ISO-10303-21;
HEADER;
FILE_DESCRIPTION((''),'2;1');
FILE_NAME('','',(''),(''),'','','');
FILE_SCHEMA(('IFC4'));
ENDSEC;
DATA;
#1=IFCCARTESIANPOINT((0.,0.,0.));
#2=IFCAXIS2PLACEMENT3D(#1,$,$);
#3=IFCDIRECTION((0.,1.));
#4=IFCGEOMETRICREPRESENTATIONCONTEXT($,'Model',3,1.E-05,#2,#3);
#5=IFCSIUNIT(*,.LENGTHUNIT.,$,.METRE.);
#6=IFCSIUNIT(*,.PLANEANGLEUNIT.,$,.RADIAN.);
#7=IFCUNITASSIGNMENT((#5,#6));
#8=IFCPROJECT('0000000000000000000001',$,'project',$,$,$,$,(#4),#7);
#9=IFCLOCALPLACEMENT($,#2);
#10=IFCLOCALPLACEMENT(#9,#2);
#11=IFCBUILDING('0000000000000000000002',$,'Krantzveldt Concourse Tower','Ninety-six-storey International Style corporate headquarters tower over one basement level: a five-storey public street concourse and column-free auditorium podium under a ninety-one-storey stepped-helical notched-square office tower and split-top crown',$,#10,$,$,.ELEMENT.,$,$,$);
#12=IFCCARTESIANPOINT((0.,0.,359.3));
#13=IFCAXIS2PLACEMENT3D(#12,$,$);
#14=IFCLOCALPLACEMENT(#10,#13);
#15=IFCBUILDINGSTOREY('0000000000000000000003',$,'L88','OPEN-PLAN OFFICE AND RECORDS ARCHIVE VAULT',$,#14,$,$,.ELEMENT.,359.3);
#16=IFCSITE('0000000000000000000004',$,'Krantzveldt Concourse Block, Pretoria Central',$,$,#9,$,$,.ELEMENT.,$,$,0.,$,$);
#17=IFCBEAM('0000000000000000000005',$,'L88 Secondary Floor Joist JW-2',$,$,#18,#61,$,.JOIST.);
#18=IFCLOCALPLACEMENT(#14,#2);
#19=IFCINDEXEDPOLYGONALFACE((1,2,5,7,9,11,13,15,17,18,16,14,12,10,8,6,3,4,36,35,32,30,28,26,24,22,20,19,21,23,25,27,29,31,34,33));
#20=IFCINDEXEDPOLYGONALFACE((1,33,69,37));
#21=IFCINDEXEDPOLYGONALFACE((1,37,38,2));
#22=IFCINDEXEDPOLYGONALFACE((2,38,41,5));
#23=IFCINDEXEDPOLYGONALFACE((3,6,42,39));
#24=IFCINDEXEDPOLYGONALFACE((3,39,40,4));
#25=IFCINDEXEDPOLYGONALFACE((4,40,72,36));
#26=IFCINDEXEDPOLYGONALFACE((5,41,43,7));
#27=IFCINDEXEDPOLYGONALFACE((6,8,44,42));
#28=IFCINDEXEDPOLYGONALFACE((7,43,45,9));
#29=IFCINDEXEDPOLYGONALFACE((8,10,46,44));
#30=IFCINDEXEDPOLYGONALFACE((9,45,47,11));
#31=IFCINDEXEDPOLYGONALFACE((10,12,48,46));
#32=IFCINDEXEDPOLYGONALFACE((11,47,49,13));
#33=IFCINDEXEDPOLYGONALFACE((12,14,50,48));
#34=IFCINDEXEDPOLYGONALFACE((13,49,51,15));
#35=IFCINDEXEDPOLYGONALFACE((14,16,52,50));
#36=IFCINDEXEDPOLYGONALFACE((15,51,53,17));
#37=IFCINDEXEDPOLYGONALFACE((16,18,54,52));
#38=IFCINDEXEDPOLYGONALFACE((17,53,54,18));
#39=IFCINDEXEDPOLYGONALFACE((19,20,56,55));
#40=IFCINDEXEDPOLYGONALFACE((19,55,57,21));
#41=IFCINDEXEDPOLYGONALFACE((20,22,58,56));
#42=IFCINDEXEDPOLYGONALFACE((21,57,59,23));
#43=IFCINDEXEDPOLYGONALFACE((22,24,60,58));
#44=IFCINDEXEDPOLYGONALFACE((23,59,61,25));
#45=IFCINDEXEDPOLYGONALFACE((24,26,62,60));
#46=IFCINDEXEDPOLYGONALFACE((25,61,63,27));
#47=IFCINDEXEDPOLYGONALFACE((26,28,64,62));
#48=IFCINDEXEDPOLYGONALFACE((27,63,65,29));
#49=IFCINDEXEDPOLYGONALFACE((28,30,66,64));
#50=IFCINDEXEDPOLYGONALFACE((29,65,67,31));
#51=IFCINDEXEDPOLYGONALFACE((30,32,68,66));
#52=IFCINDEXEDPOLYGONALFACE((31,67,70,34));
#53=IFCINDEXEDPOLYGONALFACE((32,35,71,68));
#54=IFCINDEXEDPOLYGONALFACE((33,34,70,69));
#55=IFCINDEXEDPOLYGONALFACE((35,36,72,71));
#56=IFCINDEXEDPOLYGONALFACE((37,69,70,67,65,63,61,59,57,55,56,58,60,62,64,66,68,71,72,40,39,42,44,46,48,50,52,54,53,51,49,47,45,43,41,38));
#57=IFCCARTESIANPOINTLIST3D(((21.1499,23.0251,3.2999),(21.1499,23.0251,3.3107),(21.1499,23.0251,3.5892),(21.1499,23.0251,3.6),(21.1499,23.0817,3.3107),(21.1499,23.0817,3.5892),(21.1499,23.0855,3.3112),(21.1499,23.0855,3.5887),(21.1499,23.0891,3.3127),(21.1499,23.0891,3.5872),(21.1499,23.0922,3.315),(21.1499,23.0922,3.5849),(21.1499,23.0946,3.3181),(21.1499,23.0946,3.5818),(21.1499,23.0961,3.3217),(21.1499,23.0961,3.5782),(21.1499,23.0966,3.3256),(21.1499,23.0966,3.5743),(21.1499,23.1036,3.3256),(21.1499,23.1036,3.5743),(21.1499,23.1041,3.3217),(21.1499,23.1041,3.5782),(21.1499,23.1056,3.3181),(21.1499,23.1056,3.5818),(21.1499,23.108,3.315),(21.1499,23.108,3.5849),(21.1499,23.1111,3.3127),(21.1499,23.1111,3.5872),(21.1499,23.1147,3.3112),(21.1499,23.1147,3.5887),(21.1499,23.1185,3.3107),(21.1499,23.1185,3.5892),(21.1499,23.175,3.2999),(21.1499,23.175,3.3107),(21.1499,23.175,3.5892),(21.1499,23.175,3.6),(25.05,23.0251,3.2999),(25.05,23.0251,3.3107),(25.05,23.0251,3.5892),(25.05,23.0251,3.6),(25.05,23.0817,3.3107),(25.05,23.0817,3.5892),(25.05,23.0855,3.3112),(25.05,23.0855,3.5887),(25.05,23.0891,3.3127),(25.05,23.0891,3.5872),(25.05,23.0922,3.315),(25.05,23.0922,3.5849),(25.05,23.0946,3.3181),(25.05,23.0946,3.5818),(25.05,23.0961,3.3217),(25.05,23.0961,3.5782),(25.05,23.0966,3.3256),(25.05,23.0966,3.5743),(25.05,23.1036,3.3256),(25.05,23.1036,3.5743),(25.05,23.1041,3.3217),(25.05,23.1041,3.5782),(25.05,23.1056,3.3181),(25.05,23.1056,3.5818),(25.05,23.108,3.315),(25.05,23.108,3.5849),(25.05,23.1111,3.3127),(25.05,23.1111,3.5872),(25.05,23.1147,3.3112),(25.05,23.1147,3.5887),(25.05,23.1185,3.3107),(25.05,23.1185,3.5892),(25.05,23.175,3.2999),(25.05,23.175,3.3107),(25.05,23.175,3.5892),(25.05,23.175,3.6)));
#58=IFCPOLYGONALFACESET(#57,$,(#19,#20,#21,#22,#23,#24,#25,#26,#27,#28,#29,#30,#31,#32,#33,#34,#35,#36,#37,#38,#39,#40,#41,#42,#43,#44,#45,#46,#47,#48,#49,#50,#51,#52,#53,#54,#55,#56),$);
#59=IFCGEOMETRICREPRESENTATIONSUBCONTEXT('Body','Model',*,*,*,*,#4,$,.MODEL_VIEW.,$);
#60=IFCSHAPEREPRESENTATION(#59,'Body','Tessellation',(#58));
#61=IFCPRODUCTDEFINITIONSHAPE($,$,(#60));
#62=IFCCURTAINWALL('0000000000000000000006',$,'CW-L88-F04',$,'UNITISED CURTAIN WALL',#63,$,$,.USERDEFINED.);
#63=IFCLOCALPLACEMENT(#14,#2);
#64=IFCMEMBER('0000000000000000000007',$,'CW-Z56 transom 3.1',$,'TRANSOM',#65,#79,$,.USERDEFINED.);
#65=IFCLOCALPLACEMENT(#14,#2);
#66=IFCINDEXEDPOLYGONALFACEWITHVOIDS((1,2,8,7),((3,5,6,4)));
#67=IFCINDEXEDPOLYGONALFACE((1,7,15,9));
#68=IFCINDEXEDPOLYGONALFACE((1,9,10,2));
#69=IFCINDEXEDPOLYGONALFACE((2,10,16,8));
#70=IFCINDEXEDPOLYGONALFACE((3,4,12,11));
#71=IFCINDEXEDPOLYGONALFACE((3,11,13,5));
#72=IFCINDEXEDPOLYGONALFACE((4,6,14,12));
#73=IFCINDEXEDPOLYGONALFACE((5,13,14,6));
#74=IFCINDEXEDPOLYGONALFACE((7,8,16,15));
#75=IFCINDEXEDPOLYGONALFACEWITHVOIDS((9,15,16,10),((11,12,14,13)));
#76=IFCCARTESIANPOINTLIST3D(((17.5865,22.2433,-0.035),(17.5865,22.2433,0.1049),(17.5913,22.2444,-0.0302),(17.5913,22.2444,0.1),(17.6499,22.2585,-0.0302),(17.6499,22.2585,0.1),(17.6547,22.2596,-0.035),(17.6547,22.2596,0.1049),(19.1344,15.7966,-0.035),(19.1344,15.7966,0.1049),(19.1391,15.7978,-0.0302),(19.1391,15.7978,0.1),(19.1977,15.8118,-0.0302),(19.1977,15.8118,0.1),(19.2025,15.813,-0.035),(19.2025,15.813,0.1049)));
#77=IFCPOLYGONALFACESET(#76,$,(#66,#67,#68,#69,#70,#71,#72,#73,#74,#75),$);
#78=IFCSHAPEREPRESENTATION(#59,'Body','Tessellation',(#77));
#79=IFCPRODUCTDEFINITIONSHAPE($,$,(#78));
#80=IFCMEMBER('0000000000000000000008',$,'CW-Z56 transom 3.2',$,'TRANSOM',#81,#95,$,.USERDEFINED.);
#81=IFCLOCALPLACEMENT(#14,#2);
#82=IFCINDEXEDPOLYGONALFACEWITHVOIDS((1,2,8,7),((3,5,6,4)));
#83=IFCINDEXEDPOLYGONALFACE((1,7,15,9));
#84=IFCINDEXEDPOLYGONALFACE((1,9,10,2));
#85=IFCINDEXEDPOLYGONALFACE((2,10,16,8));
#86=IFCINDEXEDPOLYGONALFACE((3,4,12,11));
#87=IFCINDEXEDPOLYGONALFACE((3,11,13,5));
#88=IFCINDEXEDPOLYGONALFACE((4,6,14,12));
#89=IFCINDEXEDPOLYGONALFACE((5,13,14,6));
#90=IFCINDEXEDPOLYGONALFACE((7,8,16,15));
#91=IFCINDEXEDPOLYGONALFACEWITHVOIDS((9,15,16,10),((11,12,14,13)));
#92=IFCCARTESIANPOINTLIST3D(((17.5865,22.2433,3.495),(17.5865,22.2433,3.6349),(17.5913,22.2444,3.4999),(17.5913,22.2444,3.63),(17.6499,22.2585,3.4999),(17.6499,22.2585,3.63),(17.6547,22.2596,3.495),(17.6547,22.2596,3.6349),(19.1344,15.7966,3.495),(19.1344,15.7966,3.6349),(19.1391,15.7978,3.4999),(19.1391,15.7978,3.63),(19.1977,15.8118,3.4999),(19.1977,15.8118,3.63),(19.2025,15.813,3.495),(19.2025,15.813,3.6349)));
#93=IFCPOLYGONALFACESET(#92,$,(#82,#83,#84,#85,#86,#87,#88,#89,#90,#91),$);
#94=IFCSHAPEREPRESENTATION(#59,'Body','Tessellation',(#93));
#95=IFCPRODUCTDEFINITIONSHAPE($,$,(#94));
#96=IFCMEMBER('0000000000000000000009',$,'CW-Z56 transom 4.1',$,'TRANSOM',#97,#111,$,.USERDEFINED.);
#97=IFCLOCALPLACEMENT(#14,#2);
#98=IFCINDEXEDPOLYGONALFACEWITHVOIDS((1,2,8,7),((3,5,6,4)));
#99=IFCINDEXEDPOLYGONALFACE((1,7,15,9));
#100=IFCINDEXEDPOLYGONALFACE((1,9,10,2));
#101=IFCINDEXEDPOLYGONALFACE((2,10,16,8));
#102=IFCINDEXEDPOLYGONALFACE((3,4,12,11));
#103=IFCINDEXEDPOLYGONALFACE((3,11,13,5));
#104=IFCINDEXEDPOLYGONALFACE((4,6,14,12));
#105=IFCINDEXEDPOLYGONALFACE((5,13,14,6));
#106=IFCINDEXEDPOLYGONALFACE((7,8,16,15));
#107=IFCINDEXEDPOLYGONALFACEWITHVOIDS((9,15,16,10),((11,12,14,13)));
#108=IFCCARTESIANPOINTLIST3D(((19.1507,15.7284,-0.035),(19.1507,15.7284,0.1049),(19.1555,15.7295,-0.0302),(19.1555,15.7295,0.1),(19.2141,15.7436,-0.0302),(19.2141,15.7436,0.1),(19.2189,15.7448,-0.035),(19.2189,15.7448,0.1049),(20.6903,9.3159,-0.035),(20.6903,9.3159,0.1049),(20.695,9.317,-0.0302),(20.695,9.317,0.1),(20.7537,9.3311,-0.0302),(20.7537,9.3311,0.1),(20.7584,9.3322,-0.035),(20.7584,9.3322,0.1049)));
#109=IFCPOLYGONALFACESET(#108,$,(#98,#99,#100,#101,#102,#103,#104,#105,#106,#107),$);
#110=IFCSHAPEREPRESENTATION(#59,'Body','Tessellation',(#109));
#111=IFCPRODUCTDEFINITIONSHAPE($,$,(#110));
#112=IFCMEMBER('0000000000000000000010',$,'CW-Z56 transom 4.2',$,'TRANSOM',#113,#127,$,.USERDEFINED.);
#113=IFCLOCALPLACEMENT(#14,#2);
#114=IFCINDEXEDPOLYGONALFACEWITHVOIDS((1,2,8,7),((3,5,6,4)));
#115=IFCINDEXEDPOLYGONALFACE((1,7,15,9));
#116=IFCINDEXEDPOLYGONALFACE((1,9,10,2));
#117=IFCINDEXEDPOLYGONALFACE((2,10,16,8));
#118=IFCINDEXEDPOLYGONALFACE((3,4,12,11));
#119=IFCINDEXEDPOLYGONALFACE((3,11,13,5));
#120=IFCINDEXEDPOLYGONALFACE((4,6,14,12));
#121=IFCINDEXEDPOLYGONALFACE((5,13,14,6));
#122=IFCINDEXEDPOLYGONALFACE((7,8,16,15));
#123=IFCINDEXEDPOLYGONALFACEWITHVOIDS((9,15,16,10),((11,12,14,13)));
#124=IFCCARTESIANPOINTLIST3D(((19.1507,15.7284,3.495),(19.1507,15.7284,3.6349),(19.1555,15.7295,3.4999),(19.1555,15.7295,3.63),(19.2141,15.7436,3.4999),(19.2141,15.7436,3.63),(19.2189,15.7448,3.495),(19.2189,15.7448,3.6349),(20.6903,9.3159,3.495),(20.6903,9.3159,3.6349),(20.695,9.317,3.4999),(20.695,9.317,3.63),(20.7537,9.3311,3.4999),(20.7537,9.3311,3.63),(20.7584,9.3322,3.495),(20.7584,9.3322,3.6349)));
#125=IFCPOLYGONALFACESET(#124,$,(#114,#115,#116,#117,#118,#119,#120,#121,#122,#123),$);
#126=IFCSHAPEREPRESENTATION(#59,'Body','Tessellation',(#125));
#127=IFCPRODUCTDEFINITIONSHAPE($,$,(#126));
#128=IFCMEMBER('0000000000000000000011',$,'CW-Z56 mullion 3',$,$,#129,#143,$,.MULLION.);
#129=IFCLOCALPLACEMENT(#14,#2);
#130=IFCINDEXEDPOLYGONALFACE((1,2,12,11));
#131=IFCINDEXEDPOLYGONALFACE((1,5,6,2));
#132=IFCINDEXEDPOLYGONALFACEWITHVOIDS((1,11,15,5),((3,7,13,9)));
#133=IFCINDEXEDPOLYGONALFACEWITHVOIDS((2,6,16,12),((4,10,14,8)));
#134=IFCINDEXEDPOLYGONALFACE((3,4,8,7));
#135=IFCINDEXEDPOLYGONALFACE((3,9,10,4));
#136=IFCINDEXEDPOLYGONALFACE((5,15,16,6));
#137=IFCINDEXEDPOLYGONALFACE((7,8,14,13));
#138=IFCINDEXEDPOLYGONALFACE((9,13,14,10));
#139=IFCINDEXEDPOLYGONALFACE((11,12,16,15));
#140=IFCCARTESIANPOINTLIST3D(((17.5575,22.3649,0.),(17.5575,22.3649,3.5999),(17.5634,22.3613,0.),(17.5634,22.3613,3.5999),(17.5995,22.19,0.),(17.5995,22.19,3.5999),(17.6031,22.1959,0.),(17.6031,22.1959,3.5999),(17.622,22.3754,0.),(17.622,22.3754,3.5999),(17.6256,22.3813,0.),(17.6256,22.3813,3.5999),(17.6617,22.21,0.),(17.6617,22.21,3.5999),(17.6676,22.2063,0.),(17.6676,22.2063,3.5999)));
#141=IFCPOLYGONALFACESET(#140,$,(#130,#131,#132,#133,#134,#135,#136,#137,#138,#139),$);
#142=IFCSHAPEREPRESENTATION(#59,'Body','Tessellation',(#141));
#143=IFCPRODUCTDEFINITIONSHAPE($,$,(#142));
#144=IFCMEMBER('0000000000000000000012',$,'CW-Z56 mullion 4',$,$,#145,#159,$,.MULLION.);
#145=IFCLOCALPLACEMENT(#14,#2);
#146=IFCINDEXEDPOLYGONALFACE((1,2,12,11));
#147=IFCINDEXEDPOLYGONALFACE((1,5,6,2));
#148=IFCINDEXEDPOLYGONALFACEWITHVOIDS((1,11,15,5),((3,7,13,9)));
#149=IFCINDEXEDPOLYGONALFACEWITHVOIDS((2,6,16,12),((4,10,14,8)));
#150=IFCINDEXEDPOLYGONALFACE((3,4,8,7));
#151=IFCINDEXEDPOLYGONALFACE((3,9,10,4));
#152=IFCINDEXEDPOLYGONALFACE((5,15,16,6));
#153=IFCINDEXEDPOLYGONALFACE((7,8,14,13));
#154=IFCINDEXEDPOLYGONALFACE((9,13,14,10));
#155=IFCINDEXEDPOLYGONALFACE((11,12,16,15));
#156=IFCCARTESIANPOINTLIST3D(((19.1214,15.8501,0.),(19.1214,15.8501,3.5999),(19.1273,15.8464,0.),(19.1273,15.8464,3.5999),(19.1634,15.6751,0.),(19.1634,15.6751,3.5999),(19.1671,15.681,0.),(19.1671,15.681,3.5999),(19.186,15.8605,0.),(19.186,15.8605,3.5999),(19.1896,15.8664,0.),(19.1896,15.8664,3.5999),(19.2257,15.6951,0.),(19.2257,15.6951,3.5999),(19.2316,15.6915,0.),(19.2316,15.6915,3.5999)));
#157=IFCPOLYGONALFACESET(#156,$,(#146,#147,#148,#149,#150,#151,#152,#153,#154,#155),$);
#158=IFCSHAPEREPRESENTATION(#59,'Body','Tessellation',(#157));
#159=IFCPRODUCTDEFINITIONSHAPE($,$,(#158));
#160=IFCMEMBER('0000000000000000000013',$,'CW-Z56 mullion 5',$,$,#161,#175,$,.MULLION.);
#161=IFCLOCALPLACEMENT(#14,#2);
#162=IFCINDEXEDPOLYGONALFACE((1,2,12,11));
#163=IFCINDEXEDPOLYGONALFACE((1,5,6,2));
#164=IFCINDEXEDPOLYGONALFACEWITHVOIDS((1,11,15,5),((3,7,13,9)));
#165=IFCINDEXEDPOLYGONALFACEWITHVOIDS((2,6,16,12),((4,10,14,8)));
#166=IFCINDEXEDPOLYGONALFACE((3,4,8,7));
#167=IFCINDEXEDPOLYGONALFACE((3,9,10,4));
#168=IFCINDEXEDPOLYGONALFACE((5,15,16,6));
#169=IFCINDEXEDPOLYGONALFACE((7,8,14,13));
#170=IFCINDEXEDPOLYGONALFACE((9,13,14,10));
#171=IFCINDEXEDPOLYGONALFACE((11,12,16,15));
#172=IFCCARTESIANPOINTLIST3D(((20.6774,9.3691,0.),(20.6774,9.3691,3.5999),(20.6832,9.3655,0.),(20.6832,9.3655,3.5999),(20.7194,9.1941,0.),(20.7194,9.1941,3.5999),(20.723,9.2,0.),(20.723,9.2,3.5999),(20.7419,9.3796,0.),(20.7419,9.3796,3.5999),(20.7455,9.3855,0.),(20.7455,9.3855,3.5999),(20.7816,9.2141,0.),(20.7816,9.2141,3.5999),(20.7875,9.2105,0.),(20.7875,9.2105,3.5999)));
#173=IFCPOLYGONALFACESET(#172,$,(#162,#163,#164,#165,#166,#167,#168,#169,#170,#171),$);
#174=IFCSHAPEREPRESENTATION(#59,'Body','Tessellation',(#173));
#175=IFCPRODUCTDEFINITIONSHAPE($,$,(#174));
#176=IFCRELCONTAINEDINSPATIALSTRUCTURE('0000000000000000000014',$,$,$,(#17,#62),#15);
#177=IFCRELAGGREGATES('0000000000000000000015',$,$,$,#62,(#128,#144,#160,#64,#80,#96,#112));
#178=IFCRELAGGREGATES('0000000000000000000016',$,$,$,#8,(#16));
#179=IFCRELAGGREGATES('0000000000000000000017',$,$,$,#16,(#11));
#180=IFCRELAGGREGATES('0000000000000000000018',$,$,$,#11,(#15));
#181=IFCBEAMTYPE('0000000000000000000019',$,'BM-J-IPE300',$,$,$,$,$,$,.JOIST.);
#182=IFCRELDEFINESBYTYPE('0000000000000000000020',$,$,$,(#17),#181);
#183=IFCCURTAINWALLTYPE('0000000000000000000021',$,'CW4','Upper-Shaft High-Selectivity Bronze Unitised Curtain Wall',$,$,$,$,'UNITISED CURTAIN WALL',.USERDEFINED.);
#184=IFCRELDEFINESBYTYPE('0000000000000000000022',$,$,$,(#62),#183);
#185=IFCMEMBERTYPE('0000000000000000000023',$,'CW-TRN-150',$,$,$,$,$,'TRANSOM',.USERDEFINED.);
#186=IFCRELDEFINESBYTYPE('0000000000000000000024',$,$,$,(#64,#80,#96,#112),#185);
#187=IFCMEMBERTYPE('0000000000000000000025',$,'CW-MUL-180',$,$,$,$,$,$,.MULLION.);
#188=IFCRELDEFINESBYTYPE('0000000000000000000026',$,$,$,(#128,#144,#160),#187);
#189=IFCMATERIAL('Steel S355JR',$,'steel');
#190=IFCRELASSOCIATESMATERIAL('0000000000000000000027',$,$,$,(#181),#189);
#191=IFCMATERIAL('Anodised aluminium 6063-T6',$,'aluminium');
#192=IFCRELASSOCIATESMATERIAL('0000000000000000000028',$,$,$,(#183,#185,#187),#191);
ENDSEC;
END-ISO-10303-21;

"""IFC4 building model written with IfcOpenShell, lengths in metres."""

from ifc_helpers import new_model, si_unit, direction, frame, origin, origin_2d, place, context, subcontext, project, spatial, hollow_rectangle, i_section, extrude, source, transform, mapped, material, material_profile, profile_set, type_object, type_shapes, element, aggregate, save


model = new_model("IFC4")

# Units and contexts
model_context = context("Model", 3, precision=1e-05, world=origin(), true_north=direction((0.0, 1.0)))
body_context = subcontext(model_context, "Body", "Model", "MODEL_VIEW")
ifc_project = project(units=[si_unit("LENGTHUNIT", "METRE"), si_unit("PLANEANGLEUNIT", "RADIAN")], contexts=[model_context])

# Site, building, storey
site_placement = place(None, origin())
site = spatial("IfcSite", under=ifc_project, at=site_placement, Name="Krantzveldt Concourse Block, Pretoria Central", CompositionType="ELEMENT", RefElevation=0.0)
building_placement = place(site_placement, origin())
building = spatial("IfcBuilding", under=site, at=building_placement, Name="Krantzveldt Concourse Tower", Description="Ninety-six-storey International Style corporate headquarters tower over one basement level: a five-storey public street concourse and column-free auditorium podium under a ninety-one-storey stepped-helical notched-square office tower and split-top crown", CompositionType="ELEMENT")
storey_placement = place(building_placement, frame((0.0, 0.0, 359.3)))
storey = spatial("IfcBuildingStorey", under=building, at=storey_placement, Name="L88", Description="OPEN-PLAN OFFICE AND RECORDS ARCHIVE VAULT", CompositionType="ELEMENT", Elevation=359.3)

# Beam
ifc_material_1 = material(Name="Steel S355JR", Category="steel")
ifc_material_profile_1 = material_profile(ifc_material_1, i_section(OverallWidth=0.1499, OverallDepth=0.3, WebThickness=0.0071, FlangeThickness=0.0107, FilletRadius=0.0149, at=origin_2d()), Name="Steel S355JR", Category="steel")
ifc_profile_set_1 = profile_set([ifc_material_profile_1], Name="Steel S355JR - IPE 300")
beam_type_1 = type_object("IfcBeamType", Name="BM-J-IPE300", PredefinedType="JOIST", material=ifc_profile_set_1)
shared_shape_1 = source(origin(), body_context, "Body", "SweptSolid", [
    extrude(i_section(OverallWidth=0.1499, OverallDepth=0.3, WebThickness=0.0071, FlangeThickness=0.0107, FilletRadius=0.0149, at=origin_2d()), origin(), (0.0, 0.0, 1.0), 3.9001),
])
type_shapes(beam_type_1, [shared_shape_1])
for number, where, z_axis, x_axis, name in (
    (1, (21.1499, 23.1001, 3.45), (1.0, 0.0, 0.0), (0.0, 1.0, 0.0), "L88 Secondary Floor Joist JW-2"),
):
    element("IfcBeam", number, at=place(storey_placement, frame(where, z_axis=z_axis, x_axis=x_axis)), inside=storey, type_object=beam_type_1, Name=name, PredefinedType="JOIST", context=body_context, shape_type="MappedRepresentation", body=[
        mapped(shared_shape_1, transform((0.0, 0.0, 0.0), x_axis=(1.0, 0.0, 0.0), y_axis=(0.0, 1.0, 0.0), z_axis=(0.0, 0.0, 1.0), scale=1.0)),
    ])

# Curtain wall, members
ifc_material_2 = material(Name="Anodised aluminium 6063-T6", Category="aluminium")
curtain_wall_type = type_object("IfcCurtainWallType", Name="CW4", Description="Upper-Shaft High-Selectivity Bronze Unitised Curtain Wall", ElementType="UNITISED CURTAIN WALL", PredefinedType="USERDEFINED", material=ifc_material_2)
curtain_wall_placement = place(storey_placement, origin())
curtain_wall = element("IfcCurtainWall", 2, at=curtain_wall_placement, inside=storey, type_object=curtain_wall_type, Name="CW-L88-F04", ObjectType="UNITISED CURTAIN WALL", PredefinedType="USERDEFINED")
ifc_material_profile_2 = material_profile(ifc_material_2, hollow_rectangle(XDim=0.0701, YDim=0.1399, WallThickness=0.0049, at=origin_2d()), Name="Anodised aluminium 6063-T6", Category="aluminium")
ifc_profile_set_2 = profile_set([ifc_material_profile_2], Name="Anodised aluminium 6063-T6 - ALU-TRAN 140x70x5")
member_type_1 = type_object("IfcMemberType", Name="CW-TRN-150", ElementType="TRANSOM", PredefinedType="USERDEFINED", material=ifc_profile_set_2)
shared_shape_2 = source(origin(), body_context, "Body", "SweptSolid", [
    extrude(hollow_rectangle(XDim=0.0701, YDim=0.1399, WallThickness=0.0049, at=origin_2d()), origin(), (0.0, 0.0, 1.0), 6.6299),
])
member_1_placement = place(storey_placement, frame((17.6206, 22.2515, 0.0349), z_axis=(0.233462, -0.972366, 0.0), x_axis=(0.972366, 0.233462, 0.0)))
member_1 = element("IfcMember", 3, at=member_1_placement, type_object=member_type_1, Name="CW-Z56 transom 3.1", ObjectType="TRANSOM", PredefinedType="USERDEFINED", context=body_context, shape_type="MappedRepresentation", body=[
    mapped(shared_shape_2, transform((0.0, 0.0, 0.0), x_axis=(1.0, 0.0, 0.0), y_axis=(0.0, 1.0, 0.0), z_axis=(0.0, 0.0, 1.0), scale=1.0)),
])
member_2_placement = place(storey_placement, frame((17.6206, 22.2515, 3.5649), z_axis=(0.233462, -0.972366, 0.0), x_axis=(0.972366, 0.233462, 0.0)))
member_2 = element("IfcMember", 4, at=member_2_placement, type_object=member_type_1, Name="CW-Z56 transom 3.2", ObjectType="TRANSOM", PredefinedType="USERDEFINED", context=body_context, shape_type="MappedRepresentation", body=[
    mapped(shared_shape_2, transform((0.0, 0.0, 0.0), x_axis=(1.0, 0.0, 0.0), y_axis=(0.0, 1.0, 0.0), z_axis=(0.0, 0.0, 1.0), scale=1.0)),
])
shared_shape_3 = source(origin(), body_context, "Body", "SweptSolid", [
    extrude(hollow_rectangle(XDim=0.0701, YDim=0.1399, WallThickness=0.0049, at=origin_2d()), origin(), (0.0, 0.0, 1.0), 6.5947),
])
type_shapes(member_type_1, [shared_shape_2, shared_shape_3])
member_3_placement = place(storey_placement, frame((19.1848, 15.7366, 0.0349), z_axis=(0.233449, -0.972369, 0.0), x_axis=(0.972369, 0.233449, 0.0)))
member_3 = element("IfcMember", 5, at=member_3_placement, type_object=member_type_1, Name="CW-Z56 transom 4.1", ObjectType="TRANSOM", PredefinedType="USERDEFINED", context=body_context, shape_type="MappedRepresentation", body=[
    mapped(shared_shape_3, transform((0.0, 0.0, 0.0), x_axis=(1.0, 0.0, 0.0), y_axis=(0.0, 1.0, 0.0), z_axis=(0.0, 0.0, 1.0), scale=1.0)),
])
member_4_placement = place(storey_placement, frame((19.1848, 15.7366, 3.5649), z_axis=(0.233449, -0.972369, 0.0), x_axis=(0.972369, 0.233449, 0.0)))
member_4 = element("IfcMember", 6, at=member_4_placement, type_object=member_type_1, Name="CW-Z56 transom 4.2", ObjectType="TRANSOM", PredefinedType="USERDEFINED", context=body_context, shape_type="MappedRepresentation", body=[
    mapped(shared_shape_3, transform((0.0, 0.0, 0.0), x_axis=(1.0, 0.0, 0.0), y_axis=(0.0, 1.0, 0.0), z_axis=(0.0, 0.0, 1.0), scale=1.0)),
])
ifc_material_profile_3 = material_profile(ifc_material_2, hollow_rectangle(XDim=0.0701, YDim=0.1799, WallThickness=0.0049, at=origin_2d()), Name="Anodised aluminium 6063-T6", Category="aluminium")
ifc_profile_set_3 = profile_set([ifc_material_profile_3], Name="Anodised aluminium 6063-T6 - ALU-MULL 180x70x5")
member_type_2 = type_object("IfcMemberType", Name="CW-MUL-180", PredefinedType="MULLION", material=ifc_profile_set_3)
shared_shape_4 = source(origin(), body_context, "Body", "SweptSolid", [
    extrude(hollow_rectangle(XDim=0.0701, YDim=0.1799, WallThickness=0.0049, at=origin_2d()), origin(), (0.0, 0.0, 1.0), 3.5999),
])
type_shapes(member_type_2, [shared_shape_4])
member_5_placement = place(storey_placement, frame((17.6125, 22.2856, 0.0), z_axis=(0.0, 0.0, 1.0), x_axis=(0.97237, 0.233445, 0.0)))
member_5 = element("IfcMember", 7, at=member_5_placement, type_object=member_type_2, Name="CW-Z56 mullion 3", PredefinedType="MULLION", context=body_context, shape_type="MappedRepresentation", body=[
    mapped(shared_shape_4, transform((0.0, 0.0, 0.0), x_axis=(1.0, 0.0, 0.0), y_axis=(0.0, 1.0, 0.0), z_axis=(0.0, 0.0, 1.0), scale=1.0)),
])
member_6_placement = place(storey_placement, frame((19.1765, 15.7708, 0.0), z_axis=(0.0, 0.0, 1.0), x_axis=(0.97237, 0.233445, 0.0)))
member_6 = element("IfcMember", 8, at=member_6_placement, type_object=member_type_2, Name="CW-Z56 mullion 4", PredefinedType="MULLION", context=body_context, shape_type="MappedRepresentation", body=[
    mapped(shared_shape_4, transform((0.0, 0.0, 0.0), x_axis=(1.0, 0.0, 0.0), y_axis=(0.0, 1.0, 0.0), z_axis=(0.0, 0.0, 1.0), scale=1.0)),
])
member_7_placement = place(storey_placement, frame((20.7324, 9.2898, 0.0), z_axis=(0.0, 0.0, 1.0), x_axis=(0.97237, 0.233445, 0.0)))
member_7 = element("IfcMember", 9, at=member_7_placement, type_object=member_type_2, Name="CW-Z56 mullion 5", PredefinedType="MULLION", context=body_context, shape_type="MappedRepresentation", body=[
    mapped(shared_shape_4, transform((0.0, 0.0, 0.0), x_axis=(1.0, 0.0, 0.0), y_axis=(0.0, 1.0, 0.0), z_axis=(0.0, 0.0, 1.0), scale=1.0)),
])

aggregate(curtain_wall, [member_5, member_6, member_7, member_1, member_2, member_3, member_4])

save(model, "model.ifc")
